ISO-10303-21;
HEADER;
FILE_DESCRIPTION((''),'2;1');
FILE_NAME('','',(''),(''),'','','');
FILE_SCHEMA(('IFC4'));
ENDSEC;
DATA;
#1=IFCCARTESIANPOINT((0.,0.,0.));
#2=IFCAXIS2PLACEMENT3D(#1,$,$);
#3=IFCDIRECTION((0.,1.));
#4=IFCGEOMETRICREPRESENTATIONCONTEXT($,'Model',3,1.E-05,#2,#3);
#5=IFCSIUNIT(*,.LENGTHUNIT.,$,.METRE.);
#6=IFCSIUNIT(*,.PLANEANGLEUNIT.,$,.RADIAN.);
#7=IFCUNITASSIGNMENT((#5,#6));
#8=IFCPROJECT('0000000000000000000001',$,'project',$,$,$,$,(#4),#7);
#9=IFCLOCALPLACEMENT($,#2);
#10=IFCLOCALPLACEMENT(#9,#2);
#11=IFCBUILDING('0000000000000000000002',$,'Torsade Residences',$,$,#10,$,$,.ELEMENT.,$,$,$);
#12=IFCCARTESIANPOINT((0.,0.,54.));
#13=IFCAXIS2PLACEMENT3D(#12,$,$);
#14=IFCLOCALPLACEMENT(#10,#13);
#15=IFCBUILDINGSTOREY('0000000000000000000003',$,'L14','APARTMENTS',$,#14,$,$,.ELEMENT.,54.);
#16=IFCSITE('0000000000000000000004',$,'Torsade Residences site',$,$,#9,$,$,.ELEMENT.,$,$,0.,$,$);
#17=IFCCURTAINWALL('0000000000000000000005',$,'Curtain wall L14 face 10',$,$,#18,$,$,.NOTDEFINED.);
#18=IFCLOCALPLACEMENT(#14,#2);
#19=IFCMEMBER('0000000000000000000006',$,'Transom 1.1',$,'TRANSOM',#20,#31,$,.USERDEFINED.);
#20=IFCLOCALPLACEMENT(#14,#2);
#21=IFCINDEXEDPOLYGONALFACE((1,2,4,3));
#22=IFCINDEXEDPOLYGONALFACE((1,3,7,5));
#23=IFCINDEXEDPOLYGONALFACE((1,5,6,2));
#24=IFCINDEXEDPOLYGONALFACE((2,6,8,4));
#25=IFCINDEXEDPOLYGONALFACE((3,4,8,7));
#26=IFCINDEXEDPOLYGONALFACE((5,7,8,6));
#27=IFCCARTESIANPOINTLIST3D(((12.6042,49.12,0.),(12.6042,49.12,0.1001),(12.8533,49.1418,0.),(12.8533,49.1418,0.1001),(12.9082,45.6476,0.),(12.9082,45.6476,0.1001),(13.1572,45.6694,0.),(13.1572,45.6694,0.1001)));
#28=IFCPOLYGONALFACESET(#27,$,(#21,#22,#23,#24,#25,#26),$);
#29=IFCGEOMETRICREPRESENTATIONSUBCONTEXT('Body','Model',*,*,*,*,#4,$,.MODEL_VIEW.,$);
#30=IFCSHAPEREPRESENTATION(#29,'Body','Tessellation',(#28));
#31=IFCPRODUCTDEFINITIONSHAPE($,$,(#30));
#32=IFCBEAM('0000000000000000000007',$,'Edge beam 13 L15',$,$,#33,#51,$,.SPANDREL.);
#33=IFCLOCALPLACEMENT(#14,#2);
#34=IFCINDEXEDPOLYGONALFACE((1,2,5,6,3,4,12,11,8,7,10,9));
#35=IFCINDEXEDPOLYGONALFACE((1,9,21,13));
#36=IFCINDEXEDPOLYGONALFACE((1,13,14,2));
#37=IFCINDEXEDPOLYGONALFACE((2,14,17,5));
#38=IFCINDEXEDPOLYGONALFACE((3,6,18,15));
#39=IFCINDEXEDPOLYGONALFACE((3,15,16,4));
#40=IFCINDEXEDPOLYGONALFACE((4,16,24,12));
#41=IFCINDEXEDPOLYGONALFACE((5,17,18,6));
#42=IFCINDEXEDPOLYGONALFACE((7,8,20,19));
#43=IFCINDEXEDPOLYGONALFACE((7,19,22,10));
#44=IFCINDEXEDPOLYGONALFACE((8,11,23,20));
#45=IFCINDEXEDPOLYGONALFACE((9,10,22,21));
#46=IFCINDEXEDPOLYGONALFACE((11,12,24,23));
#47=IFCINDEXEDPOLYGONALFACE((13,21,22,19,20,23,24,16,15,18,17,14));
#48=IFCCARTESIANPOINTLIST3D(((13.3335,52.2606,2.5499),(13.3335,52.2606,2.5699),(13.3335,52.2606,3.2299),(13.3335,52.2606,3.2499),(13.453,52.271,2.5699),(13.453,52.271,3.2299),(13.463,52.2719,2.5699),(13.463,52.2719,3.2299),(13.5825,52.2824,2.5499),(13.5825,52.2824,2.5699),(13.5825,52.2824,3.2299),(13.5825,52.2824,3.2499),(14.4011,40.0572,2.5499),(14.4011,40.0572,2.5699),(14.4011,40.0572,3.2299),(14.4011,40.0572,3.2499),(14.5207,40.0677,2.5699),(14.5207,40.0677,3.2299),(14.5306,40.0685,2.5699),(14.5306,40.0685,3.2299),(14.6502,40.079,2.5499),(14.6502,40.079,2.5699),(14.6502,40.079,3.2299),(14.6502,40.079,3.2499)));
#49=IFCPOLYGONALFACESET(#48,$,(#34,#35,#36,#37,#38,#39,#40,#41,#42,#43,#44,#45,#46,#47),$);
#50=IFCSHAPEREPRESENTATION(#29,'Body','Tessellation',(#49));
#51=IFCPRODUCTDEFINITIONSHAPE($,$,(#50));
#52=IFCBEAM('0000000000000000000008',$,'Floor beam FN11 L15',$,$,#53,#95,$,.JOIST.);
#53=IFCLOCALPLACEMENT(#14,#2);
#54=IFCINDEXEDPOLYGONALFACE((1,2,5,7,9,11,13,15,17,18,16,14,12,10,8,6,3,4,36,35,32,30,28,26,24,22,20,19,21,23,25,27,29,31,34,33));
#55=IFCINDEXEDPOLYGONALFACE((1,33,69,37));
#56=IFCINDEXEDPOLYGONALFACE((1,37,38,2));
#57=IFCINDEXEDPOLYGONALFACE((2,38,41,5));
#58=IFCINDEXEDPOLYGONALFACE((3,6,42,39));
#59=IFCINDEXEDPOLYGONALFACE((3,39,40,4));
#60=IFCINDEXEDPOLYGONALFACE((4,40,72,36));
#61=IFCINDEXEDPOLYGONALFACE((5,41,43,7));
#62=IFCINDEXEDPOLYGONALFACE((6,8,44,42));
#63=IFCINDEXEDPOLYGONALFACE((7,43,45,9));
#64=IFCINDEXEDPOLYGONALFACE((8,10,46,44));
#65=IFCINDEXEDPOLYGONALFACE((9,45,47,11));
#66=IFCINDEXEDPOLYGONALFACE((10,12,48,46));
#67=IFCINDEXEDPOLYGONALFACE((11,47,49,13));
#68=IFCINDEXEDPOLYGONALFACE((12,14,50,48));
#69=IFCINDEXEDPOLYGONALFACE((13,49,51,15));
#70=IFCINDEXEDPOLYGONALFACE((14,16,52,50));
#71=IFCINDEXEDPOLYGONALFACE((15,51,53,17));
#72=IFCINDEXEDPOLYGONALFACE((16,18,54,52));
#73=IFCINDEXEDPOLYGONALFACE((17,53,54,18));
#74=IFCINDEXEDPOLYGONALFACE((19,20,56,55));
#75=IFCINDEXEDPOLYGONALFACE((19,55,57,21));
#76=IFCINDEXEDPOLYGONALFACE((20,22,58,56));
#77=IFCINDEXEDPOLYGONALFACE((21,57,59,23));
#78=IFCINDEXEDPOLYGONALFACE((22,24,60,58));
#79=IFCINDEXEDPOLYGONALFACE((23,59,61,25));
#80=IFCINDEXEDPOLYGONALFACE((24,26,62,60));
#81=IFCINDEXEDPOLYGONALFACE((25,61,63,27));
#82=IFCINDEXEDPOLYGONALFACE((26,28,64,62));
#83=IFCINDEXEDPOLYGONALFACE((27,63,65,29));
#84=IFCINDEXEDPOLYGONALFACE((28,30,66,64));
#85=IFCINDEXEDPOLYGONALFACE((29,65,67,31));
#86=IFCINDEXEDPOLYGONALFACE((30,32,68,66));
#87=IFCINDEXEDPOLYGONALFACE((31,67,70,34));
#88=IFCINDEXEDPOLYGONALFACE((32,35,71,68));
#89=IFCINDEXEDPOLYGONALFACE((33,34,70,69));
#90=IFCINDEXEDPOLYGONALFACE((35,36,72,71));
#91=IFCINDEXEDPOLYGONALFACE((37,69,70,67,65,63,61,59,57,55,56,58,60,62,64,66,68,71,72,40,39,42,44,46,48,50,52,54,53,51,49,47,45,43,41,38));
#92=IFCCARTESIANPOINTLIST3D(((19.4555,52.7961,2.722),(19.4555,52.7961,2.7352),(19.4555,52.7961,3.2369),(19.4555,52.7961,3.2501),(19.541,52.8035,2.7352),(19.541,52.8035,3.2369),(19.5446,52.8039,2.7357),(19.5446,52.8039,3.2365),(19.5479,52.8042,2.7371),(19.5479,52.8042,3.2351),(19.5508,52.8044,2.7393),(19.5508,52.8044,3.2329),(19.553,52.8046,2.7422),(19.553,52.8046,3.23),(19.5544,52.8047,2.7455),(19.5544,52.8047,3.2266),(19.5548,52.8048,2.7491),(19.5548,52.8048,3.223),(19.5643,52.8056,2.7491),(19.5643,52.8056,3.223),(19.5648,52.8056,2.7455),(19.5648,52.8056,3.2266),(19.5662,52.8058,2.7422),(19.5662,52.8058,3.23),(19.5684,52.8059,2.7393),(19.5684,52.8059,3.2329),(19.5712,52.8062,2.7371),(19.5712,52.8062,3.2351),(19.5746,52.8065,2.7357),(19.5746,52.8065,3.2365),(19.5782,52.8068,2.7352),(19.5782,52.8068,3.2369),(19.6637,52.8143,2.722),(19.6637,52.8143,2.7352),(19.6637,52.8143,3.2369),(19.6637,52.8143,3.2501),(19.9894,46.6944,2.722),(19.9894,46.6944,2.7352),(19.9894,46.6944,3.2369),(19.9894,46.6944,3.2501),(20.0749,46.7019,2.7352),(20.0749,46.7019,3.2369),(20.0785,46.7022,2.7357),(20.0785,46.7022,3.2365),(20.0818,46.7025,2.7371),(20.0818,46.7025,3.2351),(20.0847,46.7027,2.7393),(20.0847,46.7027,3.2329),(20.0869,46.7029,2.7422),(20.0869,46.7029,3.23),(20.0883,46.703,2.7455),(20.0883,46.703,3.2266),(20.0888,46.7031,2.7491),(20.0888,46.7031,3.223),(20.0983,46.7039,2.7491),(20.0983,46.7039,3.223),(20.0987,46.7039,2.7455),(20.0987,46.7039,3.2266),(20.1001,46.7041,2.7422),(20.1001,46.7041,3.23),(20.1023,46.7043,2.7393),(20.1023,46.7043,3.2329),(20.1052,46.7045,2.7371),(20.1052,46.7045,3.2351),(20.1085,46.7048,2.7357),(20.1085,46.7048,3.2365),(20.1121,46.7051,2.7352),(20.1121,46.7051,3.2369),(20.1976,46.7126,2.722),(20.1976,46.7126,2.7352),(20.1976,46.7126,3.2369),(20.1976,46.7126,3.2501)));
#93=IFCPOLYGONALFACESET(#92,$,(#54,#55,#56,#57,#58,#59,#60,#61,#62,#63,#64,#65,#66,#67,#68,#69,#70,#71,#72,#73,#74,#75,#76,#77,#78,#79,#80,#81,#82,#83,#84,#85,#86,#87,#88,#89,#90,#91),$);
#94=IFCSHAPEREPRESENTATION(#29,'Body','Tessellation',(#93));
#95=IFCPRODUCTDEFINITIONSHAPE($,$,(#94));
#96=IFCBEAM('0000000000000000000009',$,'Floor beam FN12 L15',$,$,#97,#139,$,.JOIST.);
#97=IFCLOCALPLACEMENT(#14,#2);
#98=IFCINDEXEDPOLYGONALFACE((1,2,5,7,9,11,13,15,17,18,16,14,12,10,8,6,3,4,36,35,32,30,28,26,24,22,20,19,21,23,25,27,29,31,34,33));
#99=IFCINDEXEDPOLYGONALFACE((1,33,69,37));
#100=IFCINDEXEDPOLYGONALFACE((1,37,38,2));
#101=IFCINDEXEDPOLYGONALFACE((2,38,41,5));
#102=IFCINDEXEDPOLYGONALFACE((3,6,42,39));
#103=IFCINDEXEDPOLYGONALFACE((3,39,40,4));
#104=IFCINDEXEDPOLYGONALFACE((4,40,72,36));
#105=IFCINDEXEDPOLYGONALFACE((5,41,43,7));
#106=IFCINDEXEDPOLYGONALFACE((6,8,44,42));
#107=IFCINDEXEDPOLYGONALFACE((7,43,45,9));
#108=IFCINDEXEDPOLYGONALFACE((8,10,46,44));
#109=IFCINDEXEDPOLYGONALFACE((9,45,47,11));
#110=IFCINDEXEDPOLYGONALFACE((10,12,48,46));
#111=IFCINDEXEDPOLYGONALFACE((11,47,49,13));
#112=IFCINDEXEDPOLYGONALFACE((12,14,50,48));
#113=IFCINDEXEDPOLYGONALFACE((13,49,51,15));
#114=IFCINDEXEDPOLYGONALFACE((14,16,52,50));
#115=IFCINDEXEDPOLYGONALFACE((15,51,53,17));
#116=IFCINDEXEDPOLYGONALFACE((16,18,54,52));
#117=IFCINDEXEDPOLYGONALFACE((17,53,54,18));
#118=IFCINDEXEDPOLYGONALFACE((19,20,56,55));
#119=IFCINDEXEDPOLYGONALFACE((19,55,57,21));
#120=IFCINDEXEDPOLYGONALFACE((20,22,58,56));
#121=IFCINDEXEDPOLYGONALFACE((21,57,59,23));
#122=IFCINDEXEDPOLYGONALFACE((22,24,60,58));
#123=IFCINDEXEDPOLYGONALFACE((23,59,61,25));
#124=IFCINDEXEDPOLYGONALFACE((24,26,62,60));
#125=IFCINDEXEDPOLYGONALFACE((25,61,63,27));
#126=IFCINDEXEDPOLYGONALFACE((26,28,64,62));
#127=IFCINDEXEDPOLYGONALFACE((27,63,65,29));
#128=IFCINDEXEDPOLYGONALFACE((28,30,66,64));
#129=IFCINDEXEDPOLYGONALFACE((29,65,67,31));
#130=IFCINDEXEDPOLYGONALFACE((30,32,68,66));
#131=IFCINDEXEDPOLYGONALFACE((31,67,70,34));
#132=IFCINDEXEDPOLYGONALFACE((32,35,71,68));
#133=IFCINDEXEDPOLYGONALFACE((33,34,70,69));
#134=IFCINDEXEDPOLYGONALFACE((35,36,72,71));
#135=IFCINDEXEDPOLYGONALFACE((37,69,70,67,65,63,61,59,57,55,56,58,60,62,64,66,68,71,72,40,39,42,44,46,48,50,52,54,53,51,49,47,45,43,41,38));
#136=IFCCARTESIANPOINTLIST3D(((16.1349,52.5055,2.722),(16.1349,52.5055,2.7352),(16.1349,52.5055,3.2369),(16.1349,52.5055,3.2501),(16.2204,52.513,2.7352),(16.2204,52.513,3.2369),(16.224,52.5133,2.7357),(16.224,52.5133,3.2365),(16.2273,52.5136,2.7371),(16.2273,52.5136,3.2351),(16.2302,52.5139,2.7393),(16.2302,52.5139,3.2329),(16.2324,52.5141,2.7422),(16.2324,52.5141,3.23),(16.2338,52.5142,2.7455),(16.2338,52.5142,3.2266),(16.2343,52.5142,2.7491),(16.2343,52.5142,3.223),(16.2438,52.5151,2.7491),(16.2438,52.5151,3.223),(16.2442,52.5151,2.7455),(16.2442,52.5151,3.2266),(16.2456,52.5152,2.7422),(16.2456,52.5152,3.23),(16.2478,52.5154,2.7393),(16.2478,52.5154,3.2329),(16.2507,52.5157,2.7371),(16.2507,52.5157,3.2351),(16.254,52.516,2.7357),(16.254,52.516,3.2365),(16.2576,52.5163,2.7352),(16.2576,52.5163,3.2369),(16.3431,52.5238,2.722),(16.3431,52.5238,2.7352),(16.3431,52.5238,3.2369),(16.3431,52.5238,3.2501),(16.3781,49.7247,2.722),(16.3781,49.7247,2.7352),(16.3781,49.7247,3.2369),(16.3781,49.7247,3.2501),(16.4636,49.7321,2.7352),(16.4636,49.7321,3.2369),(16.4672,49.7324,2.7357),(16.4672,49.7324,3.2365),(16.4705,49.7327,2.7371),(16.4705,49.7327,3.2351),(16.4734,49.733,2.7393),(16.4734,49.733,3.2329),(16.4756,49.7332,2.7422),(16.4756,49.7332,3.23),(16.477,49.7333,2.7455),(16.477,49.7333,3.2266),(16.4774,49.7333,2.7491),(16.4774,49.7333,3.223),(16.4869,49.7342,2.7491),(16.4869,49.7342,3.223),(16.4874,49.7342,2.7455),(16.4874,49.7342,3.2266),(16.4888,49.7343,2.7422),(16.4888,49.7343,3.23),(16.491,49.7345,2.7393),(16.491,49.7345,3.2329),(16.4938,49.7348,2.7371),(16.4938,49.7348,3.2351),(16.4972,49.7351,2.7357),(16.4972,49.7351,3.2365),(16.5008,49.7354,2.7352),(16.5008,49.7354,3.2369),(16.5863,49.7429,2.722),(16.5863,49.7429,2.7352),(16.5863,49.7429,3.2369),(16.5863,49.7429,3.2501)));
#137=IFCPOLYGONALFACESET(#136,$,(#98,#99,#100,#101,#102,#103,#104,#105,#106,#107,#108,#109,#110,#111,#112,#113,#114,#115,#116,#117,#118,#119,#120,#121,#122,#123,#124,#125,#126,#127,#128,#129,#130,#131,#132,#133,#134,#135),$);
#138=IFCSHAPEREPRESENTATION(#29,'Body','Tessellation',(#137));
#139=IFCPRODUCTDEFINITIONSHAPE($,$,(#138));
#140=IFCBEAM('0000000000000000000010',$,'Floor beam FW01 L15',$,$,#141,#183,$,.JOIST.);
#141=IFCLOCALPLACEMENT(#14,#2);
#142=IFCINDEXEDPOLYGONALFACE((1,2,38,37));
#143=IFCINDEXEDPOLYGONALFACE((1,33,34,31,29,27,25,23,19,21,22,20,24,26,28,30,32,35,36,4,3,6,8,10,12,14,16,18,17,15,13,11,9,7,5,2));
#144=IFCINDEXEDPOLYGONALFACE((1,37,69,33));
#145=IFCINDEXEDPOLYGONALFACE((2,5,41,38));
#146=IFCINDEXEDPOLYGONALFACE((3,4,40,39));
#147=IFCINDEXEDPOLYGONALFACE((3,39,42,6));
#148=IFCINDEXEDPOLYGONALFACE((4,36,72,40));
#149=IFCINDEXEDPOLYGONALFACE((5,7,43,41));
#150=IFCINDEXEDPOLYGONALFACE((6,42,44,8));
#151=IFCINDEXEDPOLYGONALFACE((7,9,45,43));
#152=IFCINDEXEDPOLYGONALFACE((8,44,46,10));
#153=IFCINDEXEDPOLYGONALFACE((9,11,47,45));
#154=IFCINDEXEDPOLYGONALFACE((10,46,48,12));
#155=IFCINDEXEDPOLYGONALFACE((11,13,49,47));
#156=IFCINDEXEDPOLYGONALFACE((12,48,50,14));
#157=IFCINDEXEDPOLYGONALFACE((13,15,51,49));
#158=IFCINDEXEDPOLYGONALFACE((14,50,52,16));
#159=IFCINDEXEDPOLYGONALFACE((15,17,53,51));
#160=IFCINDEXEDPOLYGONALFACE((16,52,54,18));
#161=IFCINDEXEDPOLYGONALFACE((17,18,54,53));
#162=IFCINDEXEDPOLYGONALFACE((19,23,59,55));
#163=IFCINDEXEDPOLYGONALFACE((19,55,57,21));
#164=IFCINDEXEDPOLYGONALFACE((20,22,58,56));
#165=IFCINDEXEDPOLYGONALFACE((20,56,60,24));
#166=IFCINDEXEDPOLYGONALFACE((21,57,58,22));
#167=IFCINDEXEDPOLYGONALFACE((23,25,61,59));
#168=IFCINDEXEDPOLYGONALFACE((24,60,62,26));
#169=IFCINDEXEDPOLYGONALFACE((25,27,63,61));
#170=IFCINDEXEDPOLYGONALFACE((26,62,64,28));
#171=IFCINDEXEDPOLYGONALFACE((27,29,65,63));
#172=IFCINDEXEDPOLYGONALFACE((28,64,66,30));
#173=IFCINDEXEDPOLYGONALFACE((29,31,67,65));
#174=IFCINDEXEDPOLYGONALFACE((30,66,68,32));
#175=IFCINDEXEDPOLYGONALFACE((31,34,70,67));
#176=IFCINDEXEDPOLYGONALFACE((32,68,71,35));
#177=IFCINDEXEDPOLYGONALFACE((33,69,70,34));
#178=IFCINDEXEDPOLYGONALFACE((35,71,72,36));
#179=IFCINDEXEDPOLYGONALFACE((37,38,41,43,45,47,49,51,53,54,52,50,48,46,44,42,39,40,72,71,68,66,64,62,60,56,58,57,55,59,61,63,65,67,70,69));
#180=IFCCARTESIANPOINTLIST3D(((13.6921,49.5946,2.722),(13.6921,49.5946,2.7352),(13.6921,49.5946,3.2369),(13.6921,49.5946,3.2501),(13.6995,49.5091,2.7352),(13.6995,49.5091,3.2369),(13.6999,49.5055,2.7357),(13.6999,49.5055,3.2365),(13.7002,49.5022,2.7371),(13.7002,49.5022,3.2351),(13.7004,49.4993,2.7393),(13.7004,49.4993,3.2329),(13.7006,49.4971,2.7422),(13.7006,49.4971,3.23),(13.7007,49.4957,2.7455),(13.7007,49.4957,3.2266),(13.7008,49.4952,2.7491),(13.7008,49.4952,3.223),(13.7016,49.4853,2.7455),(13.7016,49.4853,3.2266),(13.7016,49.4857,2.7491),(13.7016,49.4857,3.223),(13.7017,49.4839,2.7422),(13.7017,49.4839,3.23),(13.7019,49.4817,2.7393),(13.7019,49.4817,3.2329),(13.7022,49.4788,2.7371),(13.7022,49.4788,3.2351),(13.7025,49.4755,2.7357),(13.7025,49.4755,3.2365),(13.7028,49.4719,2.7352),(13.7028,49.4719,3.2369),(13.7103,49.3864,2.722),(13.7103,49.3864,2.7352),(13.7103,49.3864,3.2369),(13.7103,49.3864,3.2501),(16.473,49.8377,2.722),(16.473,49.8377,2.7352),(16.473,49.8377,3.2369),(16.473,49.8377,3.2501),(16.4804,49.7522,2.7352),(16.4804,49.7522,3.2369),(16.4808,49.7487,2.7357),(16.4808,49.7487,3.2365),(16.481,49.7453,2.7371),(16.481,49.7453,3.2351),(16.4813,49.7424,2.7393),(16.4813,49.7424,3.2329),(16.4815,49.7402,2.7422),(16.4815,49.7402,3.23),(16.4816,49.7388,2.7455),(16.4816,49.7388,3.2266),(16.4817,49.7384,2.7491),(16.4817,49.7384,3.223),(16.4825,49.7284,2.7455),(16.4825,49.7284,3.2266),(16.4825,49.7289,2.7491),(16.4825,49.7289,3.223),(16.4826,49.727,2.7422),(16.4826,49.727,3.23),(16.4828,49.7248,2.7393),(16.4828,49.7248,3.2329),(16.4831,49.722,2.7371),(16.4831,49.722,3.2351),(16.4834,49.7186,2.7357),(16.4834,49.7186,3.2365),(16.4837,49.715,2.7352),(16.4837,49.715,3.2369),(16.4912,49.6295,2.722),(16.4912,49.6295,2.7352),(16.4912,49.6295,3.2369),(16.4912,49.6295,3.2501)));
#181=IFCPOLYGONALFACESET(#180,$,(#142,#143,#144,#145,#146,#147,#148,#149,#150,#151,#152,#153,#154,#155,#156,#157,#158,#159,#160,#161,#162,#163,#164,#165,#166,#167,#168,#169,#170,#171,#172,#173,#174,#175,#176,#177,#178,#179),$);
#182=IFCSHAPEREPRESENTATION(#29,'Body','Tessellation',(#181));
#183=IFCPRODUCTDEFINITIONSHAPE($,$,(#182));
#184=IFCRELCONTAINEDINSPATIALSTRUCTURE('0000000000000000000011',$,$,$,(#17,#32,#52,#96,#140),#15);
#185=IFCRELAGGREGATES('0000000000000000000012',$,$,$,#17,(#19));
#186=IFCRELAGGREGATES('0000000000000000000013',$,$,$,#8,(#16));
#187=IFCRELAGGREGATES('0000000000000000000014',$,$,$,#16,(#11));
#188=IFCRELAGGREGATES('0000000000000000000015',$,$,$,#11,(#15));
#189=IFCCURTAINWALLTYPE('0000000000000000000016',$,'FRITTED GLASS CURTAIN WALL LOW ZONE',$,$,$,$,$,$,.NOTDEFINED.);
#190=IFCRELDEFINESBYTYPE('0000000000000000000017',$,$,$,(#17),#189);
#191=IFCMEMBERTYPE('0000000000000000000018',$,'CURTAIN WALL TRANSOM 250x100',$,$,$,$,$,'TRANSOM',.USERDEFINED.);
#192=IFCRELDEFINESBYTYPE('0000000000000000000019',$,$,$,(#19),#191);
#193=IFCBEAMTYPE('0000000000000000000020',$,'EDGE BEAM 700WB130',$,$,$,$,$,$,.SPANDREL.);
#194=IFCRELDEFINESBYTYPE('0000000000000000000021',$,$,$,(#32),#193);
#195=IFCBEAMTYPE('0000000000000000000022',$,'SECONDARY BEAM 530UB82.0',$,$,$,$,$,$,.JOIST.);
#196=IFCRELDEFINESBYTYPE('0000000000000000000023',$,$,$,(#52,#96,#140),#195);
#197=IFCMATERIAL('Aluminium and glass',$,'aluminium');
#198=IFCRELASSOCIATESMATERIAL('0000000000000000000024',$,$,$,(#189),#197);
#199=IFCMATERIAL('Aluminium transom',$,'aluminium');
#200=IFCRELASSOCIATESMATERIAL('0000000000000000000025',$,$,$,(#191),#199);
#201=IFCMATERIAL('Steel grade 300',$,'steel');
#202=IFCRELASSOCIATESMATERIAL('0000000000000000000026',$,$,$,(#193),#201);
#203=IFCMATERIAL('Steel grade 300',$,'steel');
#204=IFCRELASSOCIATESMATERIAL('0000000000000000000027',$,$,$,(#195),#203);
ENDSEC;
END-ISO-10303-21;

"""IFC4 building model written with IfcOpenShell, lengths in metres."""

from ifc_helpers import new_model, si_unit, direction, frame, origin, origin_2d, place, context, subcontext, project, spatial, rectangle, i_section, extrude, material, material_profile, profile_set, type_object, element, aggregate, save


model = new_model("IFC4")

# Units and contexts
model_context = context("Model", 3, precision=1e-05, world=origin(), true_north=direction((0.0, 1.0)))
body_context = subcontext(model_context, "Body", "Model", "MODEL_VIEW")
ifc_project = project(units=[si_unit("LENGTHUNIT", "METRE"), si_unit("PLANEANGLEUNIT", "RADIAN")], contexts=[model_context])

# Site, building, storey
site_placement = place(None, origin())
site = spatial("IfcSite", under=ifc_project, at=site_placement, Name="Torsade Residences site", CompositionType="ELEMENT", RefElevation=0.0)
building_placement = place(site_placement, origin())
building = spatial("IfcBuilding", under=site, at=building_placement, Name="Torsade Residences", CompositionType="ELEMENT")
storey_placement = place(building_placement, frame((0.0, 0.0, 54.0)))
storey = spatial("IfcBuildingStorey", under=building, at=storey_placement, Name="L14", Description="APARTMENTS", CompositionType="ELEMENT", Elevation=54.0)

# Shared definitions
ifc_material_1 = material(Name="Aluminium and glass", Category="aluminium")
curtain_wall_type = type_object("IfcCurtainWallType", Name="FRITTED GLASS CURTAIN WALL LOW ZONE", PredefinedType="NOTDEFINED", material=ifc_material_1)

# Curtain wall
curtain_wall_1_placement = place(storey_placement, origin())
curtain_wall_1 = element("IfcCurtainWall", 1, at=curtain_wall_1_placement, inside=storey, type_object=curtain_wall_type, Name="Curtain wall L14 face 10", PredefinedType="NOTDEFINED")

# Member
ifc_material_2 = material(Name="Aluminium transom", Category="aluminium")
ifc_material_profile_1 = material_profile(ifc_material_2, rectangle(XDim=0.25, YDim=0.1001, at=origin_2d()), Name="CURTAIN WALL TRANSOM 250x100")
ifc_profile_set_1 = profile_set([ifc_material_profile_1], Name="Aluminium transom")
member_type_1 = type_object("IfcMemberType", Name="CURTAIN WALL TRANSOM 250x100", ElementType="TRANSOM", PredefinedType="USERDEFINED", material=ifc_profile_set_1)
member_1_placement = place(storey_placement, frame((12.7288, 49.1309, 0.05), z_axis=(0.087201, -0.996191, 0.0), x_axis=(0.996191, 0.087201, 0.0)))
member_1 = element("IfcMember", 2, at=member_1_placement, type_object=member_type_1, Name="Transom 1.1", ObjectType="TRANSOM", PredefinedType="USERDEFINED", context=body_context, shape_type="SweptSolid", body=[
    extrude(rectangle(XDim=0.25, YDim=0.1001, at=origin_2d()), origin(), (0.0, 0.0, 1.0), 3.4856),
])

# Beams
ifc_material_3 = material(Name="Steel grade 300", Category="steel")
ifc_material_profile_2 = material_profile(ifc_material_3, i_section(OverallWidth=0.25, OverallDepth=0.7, WebThickness=0.01, FlangeThickness=0.02, at=origin_2d()), Name="700WB130")
ifc_profile_set_2 = profile_set([ifc_material_profile_2], Name="Steel grade 300")
beam_type_1 = type_object("IfcBeamType", Name="EDGE BEAM 700WB130", PredefinedType="SPANDREL", material=ifc_profile_set_2)
beam_1_placement = place(storey_placement, frame((13.458, 52.2715, 2.8999), z_axis=(0.087153, -0.996195, 0.0), x_axis=(0.996195, 0.087153, 0.0)))
element("IfcBeam", 3, at=beam_1_placement, inside=storey, type_object=beam_type_1, Name="Edge beam 13 L15", PredefinedType="SPANDREL", context=body_context, shape_type="SweptSolid", body=[
    extrude(i_section(OverallWidth=0.25, OverallDepth=0.7, WebThickness=0.01, FlangeThickness=0.02, at=origin_2d()), origin(), (0.0, 0.0, 1.0), 12.25),
])
ifc_material_4 = material(Name="Steel grade 300", Category="steel")
ifc_material_profile_3 = material_profile(ifc_material_4, i_section(OverallWidth=0.209, OverallDepth=0.5281, WebThickness=0.0095, FlangeThickness=0.0132, FilletRadius=0.0139, at=origin_2d()), Name="530UB82.0")
ifc_profile_set_3 = profile_set([ifc_material_profile_3], Name="Steel grade 300")
beam_type_2 = type_object("IfcBeamType", Name="SECONDARY BEAM 530UB82.0", PredefinedType="JOIST", material=ifc_profile_set_3)
beam_2_placement = place(storey_placement, frame((19.5596, 52.8052, 2.9861), z_axis=(0.087175, -0.996193, 0.0), x_axis=(0.996193, 0.087175, 0.0)))
element("IfcBeam", 4, at=beam_2_placement, inside=storey, type_object=beam_type_2, Name="Floor beam FN11 L15", PredefinedType="JOIST", context=body_context, shape_type="SweptSolid", body=[
    extrude(i_section(OverallWidth=0.209, OverallDepth=0.5281, WebThickness=0.0095, FlangeThickness=0.0132, FilletRadius=0.0139, at=origin_2d()), origin(), (0.0, 0.0, 1.0), 6.125),
])
for number, where, z_axis, x_axis, name in (
    (5, (16.239, 52.5146, 2.9861), (0.087105, -0.996199, 0.0), (0.996199, 0.087105, 0.0), "Floor beam FN12 L15"),
    (6, (13.7012, 49.4905, 2.9861), (0.996199, 0.087105, 0.0), (-0.087105, 0.996199, 0.0), "Floor beam FW01 L15"),
):
    element("IfcBeam", number, at=place(storey_placement, frame(where, z_axis=z_axis, x_axis=x_axis)), inside=storey, type_object=beam_type_2, Name=name, PredefinedType="JOIST", context=body_context, shape_type="SweptSolid", body=[
        extrude(i_section(OverallWidth=0.209, OverallDepth=0.5281, WebThickness=0.0095, FlangeThickness=0.0132, FilletRadius=0.0139, at=origin_2d()), origin(), (0.0, 0.0, 1.0), 2.7915),
    ])

aggregate(curtain_wall_1, [member_1])

save(model, "model.ifc")
